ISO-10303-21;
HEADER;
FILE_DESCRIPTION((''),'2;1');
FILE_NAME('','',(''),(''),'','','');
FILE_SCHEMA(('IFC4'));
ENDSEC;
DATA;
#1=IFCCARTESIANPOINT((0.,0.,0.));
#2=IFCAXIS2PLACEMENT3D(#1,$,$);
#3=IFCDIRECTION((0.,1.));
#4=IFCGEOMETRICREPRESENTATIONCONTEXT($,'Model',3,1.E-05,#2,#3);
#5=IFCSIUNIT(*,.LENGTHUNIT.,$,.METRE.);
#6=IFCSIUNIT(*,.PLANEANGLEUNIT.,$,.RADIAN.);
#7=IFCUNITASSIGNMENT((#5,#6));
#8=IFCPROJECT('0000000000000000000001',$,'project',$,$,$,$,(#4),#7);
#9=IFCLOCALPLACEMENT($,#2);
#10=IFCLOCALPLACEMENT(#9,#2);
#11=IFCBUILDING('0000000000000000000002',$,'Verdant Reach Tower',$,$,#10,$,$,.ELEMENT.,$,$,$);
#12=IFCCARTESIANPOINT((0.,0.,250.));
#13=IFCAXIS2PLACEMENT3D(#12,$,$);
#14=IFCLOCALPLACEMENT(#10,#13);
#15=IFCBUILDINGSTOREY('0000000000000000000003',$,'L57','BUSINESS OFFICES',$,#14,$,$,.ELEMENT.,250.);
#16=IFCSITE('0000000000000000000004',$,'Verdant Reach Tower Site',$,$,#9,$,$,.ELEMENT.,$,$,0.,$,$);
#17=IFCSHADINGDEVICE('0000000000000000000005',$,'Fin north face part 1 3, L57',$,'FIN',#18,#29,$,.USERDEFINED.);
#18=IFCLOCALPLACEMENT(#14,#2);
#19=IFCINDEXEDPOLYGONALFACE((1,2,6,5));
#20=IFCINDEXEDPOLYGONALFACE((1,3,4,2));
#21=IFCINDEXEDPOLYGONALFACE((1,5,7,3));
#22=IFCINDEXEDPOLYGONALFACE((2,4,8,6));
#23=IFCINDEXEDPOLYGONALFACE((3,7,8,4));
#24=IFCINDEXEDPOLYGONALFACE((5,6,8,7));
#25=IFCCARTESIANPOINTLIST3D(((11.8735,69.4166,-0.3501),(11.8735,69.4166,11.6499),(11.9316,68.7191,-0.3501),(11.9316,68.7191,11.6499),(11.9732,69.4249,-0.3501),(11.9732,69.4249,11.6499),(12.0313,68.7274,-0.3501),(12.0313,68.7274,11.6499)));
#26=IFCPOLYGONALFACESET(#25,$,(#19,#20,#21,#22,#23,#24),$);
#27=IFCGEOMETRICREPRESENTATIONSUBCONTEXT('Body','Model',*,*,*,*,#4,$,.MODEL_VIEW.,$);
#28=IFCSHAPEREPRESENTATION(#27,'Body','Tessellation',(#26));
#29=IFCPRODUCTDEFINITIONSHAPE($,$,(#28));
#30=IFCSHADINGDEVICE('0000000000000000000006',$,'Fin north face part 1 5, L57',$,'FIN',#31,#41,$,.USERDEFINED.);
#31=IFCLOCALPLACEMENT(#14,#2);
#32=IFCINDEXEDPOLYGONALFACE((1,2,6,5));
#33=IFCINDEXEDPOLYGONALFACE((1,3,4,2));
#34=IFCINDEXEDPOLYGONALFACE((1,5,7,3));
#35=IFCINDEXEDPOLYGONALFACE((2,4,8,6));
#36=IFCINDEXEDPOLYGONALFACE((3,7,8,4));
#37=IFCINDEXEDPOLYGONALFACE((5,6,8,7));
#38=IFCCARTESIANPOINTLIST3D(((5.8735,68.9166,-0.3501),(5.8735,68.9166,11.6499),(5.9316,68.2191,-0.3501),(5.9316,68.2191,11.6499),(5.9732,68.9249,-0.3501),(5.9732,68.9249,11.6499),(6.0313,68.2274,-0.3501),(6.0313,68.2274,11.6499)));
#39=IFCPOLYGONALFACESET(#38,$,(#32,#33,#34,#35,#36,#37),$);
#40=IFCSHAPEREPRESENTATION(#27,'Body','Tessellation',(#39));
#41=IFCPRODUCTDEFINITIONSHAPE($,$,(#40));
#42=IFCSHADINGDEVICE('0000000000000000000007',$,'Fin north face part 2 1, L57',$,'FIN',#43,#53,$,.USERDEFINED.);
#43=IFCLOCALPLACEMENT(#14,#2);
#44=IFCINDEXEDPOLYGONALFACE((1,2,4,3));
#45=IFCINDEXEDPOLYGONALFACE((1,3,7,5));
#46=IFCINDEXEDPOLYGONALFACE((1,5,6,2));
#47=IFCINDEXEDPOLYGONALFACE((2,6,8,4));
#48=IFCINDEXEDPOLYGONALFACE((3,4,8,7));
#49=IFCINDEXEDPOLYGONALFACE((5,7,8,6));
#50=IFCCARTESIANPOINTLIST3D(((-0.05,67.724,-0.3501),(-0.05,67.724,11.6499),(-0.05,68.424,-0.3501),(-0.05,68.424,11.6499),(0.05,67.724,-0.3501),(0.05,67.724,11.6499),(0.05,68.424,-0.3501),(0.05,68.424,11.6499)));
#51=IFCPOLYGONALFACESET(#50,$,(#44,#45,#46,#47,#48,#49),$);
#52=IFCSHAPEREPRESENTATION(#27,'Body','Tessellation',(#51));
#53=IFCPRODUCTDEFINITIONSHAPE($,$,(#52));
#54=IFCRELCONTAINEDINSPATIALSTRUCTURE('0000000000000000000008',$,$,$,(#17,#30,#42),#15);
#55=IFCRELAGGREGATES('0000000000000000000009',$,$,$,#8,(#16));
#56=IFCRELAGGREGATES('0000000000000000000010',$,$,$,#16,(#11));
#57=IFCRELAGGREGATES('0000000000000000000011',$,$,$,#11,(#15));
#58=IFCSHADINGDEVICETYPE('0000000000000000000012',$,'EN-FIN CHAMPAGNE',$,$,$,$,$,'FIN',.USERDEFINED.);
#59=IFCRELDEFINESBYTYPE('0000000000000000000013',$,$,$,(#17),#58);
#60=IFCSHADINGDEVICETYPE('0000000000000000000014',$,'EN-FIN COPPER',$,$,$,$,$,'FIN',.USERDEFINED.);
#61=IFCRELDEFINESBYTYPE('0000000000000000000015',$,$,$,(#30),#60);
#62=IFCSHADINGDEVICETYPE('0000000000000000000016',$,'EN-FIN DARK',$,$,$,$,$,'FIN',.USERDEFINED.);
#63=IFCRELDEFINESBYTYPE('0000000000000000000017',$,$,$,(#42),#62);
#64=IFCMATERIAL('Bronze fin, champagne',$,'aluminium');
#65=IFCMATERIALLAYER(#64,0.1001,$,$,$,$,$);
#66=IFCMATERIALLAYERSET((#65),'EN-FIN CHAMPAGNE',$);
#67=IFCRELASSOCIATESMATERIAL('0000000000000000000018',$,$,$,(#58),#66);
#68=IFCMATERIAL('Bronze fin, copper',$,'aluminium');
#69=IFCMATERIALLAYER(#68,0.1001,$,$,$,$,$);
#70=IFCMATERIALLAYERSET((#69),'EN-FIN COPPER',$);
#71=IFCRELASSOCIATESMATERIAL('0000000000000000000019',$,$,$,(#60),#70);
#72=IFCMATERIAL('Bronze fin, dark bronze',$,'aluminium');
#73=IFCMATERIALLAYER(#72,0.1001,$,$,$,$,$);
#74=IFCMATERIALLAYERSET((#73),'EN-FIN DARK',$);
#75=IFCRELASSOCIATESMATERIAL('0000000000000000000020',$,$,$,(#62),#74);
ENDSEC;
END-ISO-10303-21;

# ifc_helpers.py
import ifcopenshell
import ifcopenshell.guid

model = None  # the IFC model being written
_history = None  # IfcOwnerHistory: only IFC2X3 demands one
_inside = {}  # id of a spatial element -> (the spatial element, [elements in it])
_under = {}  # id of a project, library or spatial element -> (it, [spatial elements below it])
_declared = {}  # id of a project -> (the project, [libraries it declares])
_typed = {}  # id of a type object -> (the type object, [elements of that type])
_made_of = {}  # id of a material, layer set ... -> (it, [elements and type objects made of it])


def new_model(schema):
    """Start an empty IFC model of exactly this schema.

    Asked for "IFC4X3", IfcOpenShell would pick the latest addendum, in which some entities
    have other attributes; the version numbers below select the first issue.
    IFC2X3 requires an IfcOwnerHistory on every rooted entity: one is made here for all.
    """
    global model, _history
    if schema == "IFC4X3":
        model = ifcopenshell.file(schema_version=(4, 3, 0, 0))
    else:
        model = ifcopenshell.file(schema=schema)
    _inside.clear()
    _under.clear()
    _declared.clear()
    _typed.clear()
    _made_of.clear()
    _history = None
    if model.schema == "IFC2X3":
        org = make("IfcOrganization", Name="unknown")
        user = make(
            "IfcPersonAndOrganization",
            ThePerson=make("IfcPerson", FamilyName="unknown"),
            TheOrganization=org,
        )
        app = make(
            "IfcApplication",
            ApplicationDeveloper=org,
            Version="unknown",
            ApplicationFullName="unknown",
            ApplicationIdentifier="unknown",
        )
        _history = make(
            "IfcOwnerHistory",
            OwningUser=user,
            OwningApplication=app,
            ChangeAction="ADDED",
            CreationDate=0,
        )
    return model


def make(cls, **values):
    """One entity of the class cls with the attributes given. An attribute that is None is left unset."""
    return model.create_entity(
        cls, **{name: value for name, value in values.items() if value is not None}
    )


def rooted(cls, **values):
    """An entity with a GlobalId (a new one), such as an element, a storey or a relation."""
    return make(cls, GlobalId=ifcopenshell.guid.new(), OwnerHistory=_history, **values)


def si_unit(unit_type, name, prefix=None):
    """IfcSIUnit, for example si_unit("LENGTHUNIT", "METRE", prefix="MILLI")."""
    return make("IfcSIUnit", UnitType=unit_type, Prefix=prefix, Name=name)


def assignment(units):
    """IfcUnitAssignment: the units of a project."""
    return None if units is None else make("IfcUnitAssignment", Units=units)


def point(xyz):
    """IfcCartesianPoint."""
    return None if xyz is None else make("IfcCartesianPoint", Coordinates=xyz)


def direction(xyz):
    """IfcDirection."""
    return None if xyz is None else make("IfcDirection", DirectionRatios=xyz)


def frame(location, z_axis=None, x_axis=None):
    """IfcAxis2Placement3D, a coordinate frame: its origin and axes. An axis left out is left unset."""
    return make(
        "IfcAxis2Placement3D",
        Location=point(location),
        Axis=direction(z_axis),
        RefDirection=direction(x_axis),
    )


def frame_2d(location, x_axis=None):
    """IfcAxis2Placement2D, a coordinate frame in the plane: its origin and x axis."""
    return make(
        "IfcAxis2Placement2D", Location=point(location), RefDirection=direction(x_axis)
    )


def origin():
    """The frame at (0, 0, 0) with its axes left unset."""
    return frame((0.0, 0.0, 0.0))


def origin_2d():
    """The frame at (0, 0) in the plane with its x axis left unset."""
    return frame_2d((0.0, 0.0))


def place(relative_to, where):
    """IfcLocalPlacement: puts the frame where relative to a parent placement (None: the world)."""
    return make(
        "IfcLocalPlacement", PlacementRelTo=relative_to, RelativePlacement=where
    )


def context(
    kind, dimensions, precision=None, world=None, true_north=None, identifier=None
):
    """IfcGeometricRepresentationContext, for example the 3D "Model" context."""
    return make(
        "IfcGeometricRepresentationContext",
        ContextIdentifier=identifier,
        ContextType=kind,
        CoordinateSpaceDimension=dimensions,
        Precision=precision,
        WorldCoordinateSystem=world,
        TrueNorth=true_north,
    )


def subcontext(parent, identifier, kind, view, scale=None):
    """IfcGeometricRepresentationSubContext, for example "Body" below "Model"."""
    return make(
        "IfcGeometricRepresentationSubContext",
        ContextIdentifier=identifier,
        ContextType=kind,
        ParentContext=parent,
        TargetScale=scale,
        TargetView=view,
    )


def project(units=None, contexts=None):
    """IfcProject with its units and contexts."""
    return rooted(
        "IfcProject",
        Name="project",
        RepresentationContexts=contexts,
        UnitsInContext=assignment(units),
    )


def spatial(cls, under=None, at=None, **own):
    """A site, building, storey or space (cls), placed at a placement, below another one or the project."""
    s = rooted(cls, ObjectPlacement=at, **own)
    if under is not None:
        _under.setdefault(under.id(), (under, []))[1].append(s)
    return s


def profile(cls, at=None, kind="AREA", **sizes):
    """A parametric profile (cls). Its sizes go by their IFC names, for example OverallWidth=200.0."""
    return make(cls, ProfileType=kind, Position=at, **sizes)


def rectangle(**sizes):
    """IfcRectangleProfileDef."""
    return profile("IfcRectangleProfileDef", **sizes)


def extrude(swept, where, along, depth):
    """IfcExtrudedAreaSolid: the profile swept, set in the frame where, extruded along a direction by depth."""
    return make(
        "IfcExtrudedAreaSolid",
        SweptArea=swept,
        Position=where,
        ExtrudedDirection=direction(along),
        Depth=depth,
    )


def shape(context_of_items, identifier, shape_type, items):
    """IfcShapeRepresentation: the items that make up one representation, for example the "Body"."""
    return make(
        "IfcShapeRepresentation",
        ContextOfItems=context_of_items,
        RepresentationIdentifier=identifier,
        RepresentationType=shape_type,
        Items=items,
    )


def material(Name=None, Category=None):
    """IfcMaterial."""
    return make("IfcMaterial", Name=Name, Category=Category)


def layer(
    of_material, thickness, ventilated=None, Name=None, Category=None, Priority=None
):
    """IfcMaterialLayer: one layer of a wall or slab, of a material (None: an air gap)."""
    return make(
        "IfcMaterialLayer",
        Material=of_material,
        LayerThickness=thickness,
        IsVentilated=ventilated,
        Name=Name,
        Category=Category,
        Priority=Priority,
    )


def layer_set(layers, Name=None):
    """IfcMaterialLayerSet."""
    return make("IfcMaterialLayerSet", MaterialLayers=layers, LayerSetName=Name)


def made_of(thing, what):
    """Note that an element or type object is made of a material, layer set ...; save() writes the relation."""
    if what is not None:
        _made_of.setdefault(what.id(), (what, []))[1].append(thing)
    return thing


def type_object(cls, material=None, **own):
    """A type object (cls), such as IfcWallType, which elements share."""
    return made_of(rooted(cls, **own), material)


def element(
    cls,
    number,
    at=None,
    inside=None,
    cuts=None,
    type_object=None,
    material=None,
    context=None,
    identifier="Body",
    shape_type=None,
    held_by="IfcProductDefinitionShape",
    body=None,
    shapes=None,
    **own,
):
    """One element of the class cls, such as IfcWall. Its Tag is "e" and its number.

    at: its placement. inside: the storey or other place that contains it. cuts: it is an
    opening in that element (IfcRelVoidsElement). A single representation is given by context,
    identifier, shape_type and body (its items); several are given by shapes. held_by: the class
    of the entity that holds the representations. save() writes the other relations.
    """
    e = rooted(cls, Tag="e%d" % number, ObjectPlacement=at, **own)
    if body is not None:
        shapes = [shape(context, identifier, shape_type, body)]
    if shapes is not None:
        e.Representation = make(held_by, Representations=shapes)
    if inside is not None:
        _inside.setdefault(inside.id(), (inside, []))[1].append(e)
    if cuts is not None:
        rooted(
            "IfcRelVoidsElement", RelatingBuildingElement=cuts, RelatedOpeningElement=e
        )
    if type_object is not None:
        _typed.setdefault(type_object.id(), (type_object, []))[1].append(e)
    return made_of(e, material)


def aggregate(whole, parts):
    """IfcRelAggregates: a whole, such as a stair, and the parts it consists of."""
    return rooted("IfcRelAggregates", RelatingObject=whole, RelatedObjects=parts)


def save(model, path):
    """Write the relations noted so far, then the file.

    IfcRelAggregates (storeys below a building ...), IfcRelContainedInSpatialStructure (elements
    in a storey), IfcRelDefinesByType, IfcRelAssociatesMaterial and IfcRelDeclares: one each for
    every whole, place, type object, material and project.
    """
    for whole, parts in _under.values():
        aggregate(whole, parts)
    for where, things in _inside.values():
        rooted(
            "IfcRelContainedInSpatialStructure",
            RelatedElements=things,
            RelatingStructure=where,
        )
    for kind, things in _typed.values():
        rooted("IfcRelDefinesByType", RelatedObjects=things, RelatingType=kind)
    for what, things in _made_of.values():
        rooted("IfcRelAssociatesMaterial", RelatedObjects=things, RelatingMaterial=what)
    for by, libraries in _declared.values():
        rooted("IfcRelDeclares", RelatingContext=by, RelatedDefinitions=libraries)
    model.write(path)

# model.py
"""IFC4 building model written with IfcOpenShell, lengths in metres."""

from ifc_helpers import new_model, si_unit, direction, frame, origin, origin_2d, place, context, subcontext, project, spatial, rectangle, extrude, material, layer, layer_set, type_object, element, save


model = new_model("IFC4")

# Units and contexts
model_context = context("Model", 3, precision=1e-05, world=origin(), true_north=direction((0.0, 1.0)))
body_context = subcontext(model_context, "Body", "Model", "MODEL_VIEW")
ifc_project = project(units=[si_unit("LENGTHUNIT", "METRE"), si_unit("PLANEANGLEUNIT", "RADIAN")], contexts=[model_context])

# Site, building, storey
site_placement = place(None, origin())
site = spatial("IfcSite", under=ifc_project, at=site_placement, Name="Verdant Reach Tower Site", CompositionType="ELEMENT", RefElevation=0.0)
building_placement = place(site_placement, origin())
building = spatial("IfcBuilding", under=site, at=building_placement, Name="Verdant Reach Tower", CompositionType="ELEMENT")
storey_placement = place(building_placement, frame((0.0, 0.0, 250.0)))
storey = spatial("IfcBuildingStorey", under=building, at=storey_placement, Name="L57", Description="BUSINESS OFFICES", CompositionType="ELEMENT", Elevation=250.0)

# Shading devices
ifc_material_1 = material(Name="Bronze fin, champagne", Category="aluminium")
ifc_layer_1 = layer(ifc_material_1, 0.1001)
ifc_layer_set_1 = layer_set([ifc_layer_1], Name="EN-FIN CHAMPAGNE")
shading_device_type_1 = type_object("IfcShadingDeviceType", Name="EN-FIN CHAMPAGNE", ElementType="FIN", PredefinedType="USERDEFINED", material=ifc_layer_set_1)
shading_device_1_placement = place(storey_placement, frame((11.9524, 69.072, -0.3501), z_axis=(0.0, 0.0, 1.0), x_axis=(-0.996546, -0.083045, 0.0)))
element("IfcShadingDevice", 1, at=shading_device_1_placement, inside=storey, type_object=shading_device_type_1, Name="Fin north face part 1 3, L57", ObjectType="FIN", PredefinedType="USERDEFINED", context=body_context, shape_type="SweptSolid", body=[
    extrude(rectangle(XDim=0.1001, YDim=0.7, at=origin_2d()), origin(), (0.0, 0.0, 1.0), 12.0),
])
ifc_material_2 = material(Name="Bronze fin, copper", Category="aluminium")
ifc_layer_2 = layer(ifc_material_2, 0.1001)
ifc_layer_set_2 = layer_set([ifc_layer_2], Name="EN-FIN COPPER")
shading_device_type_2 = type_object("IfcShadingDeviceType", Name="EN-FIN COPPER", ElementType="FIN", PredefinedType="USERDEFINED", material=ifc_layer_set_2)
shading_device_2_placement = place(storey_placement, frame((5.9524, 68.572, -0.3501), z_axis=(0.0, 0.0, 1.0), x_axis=(-0.996546, -0.083045, 0.0)))
element("IfcShadingDevice", 2, at=shading_device_2_placement, inside=storey, type_object=shading_device_type_2, Name="Fin north face part 1 5, L57", ObjectType="FIN", PredefinedType="USERDEFINED", context=body_context, shape_type="SweptSolid", body=[
    extrude(rectangle(XDim=0.1001, YDim=0.7, at=origin_2d()), origin(), (0.0, 0.0, 1.0), 12.0),
])
ifc_material_3 = material(Name="Bronze fin, dark bronze", Category="aluminium")
ifc_layer_3 = layer(ifc_material_3, 0.1001)
ifc_layer_set_3 = layer_set([ifc_layer_3], Name="EN-FIN DARK")
shading_device_type_3 = type_object("IfcShadingDeviceType", Name="EN-FIN DARK", ElementType="FIN", PredefinedType="USERDEFINED", material=ifc_layer_set_3)
shading_device_3_placement = place(storey_placement, frame((0.0, 68.074, -0.3501), z_axis=(0.0, 0.0, 1.0), x_axis=(-1.0, 0.0, 0.0)))
element("IfcShadingDevice", 3, at=shading_device_3_placement, inside=storey, type_object=shading_device_type_3, Name="Fin north face part 2 1, L57", ObjectType="FIN", PredefinedType="USERDEFINED", context=body_context, shape_type="SweptSolid", body=[
    extrude(rectangle(XDim=0.1001, YDim=0.7, at=origin_2d()), origin(), (0.0, 0.0, 1.0), 12.0),
])

save(model, "model.ifc")
